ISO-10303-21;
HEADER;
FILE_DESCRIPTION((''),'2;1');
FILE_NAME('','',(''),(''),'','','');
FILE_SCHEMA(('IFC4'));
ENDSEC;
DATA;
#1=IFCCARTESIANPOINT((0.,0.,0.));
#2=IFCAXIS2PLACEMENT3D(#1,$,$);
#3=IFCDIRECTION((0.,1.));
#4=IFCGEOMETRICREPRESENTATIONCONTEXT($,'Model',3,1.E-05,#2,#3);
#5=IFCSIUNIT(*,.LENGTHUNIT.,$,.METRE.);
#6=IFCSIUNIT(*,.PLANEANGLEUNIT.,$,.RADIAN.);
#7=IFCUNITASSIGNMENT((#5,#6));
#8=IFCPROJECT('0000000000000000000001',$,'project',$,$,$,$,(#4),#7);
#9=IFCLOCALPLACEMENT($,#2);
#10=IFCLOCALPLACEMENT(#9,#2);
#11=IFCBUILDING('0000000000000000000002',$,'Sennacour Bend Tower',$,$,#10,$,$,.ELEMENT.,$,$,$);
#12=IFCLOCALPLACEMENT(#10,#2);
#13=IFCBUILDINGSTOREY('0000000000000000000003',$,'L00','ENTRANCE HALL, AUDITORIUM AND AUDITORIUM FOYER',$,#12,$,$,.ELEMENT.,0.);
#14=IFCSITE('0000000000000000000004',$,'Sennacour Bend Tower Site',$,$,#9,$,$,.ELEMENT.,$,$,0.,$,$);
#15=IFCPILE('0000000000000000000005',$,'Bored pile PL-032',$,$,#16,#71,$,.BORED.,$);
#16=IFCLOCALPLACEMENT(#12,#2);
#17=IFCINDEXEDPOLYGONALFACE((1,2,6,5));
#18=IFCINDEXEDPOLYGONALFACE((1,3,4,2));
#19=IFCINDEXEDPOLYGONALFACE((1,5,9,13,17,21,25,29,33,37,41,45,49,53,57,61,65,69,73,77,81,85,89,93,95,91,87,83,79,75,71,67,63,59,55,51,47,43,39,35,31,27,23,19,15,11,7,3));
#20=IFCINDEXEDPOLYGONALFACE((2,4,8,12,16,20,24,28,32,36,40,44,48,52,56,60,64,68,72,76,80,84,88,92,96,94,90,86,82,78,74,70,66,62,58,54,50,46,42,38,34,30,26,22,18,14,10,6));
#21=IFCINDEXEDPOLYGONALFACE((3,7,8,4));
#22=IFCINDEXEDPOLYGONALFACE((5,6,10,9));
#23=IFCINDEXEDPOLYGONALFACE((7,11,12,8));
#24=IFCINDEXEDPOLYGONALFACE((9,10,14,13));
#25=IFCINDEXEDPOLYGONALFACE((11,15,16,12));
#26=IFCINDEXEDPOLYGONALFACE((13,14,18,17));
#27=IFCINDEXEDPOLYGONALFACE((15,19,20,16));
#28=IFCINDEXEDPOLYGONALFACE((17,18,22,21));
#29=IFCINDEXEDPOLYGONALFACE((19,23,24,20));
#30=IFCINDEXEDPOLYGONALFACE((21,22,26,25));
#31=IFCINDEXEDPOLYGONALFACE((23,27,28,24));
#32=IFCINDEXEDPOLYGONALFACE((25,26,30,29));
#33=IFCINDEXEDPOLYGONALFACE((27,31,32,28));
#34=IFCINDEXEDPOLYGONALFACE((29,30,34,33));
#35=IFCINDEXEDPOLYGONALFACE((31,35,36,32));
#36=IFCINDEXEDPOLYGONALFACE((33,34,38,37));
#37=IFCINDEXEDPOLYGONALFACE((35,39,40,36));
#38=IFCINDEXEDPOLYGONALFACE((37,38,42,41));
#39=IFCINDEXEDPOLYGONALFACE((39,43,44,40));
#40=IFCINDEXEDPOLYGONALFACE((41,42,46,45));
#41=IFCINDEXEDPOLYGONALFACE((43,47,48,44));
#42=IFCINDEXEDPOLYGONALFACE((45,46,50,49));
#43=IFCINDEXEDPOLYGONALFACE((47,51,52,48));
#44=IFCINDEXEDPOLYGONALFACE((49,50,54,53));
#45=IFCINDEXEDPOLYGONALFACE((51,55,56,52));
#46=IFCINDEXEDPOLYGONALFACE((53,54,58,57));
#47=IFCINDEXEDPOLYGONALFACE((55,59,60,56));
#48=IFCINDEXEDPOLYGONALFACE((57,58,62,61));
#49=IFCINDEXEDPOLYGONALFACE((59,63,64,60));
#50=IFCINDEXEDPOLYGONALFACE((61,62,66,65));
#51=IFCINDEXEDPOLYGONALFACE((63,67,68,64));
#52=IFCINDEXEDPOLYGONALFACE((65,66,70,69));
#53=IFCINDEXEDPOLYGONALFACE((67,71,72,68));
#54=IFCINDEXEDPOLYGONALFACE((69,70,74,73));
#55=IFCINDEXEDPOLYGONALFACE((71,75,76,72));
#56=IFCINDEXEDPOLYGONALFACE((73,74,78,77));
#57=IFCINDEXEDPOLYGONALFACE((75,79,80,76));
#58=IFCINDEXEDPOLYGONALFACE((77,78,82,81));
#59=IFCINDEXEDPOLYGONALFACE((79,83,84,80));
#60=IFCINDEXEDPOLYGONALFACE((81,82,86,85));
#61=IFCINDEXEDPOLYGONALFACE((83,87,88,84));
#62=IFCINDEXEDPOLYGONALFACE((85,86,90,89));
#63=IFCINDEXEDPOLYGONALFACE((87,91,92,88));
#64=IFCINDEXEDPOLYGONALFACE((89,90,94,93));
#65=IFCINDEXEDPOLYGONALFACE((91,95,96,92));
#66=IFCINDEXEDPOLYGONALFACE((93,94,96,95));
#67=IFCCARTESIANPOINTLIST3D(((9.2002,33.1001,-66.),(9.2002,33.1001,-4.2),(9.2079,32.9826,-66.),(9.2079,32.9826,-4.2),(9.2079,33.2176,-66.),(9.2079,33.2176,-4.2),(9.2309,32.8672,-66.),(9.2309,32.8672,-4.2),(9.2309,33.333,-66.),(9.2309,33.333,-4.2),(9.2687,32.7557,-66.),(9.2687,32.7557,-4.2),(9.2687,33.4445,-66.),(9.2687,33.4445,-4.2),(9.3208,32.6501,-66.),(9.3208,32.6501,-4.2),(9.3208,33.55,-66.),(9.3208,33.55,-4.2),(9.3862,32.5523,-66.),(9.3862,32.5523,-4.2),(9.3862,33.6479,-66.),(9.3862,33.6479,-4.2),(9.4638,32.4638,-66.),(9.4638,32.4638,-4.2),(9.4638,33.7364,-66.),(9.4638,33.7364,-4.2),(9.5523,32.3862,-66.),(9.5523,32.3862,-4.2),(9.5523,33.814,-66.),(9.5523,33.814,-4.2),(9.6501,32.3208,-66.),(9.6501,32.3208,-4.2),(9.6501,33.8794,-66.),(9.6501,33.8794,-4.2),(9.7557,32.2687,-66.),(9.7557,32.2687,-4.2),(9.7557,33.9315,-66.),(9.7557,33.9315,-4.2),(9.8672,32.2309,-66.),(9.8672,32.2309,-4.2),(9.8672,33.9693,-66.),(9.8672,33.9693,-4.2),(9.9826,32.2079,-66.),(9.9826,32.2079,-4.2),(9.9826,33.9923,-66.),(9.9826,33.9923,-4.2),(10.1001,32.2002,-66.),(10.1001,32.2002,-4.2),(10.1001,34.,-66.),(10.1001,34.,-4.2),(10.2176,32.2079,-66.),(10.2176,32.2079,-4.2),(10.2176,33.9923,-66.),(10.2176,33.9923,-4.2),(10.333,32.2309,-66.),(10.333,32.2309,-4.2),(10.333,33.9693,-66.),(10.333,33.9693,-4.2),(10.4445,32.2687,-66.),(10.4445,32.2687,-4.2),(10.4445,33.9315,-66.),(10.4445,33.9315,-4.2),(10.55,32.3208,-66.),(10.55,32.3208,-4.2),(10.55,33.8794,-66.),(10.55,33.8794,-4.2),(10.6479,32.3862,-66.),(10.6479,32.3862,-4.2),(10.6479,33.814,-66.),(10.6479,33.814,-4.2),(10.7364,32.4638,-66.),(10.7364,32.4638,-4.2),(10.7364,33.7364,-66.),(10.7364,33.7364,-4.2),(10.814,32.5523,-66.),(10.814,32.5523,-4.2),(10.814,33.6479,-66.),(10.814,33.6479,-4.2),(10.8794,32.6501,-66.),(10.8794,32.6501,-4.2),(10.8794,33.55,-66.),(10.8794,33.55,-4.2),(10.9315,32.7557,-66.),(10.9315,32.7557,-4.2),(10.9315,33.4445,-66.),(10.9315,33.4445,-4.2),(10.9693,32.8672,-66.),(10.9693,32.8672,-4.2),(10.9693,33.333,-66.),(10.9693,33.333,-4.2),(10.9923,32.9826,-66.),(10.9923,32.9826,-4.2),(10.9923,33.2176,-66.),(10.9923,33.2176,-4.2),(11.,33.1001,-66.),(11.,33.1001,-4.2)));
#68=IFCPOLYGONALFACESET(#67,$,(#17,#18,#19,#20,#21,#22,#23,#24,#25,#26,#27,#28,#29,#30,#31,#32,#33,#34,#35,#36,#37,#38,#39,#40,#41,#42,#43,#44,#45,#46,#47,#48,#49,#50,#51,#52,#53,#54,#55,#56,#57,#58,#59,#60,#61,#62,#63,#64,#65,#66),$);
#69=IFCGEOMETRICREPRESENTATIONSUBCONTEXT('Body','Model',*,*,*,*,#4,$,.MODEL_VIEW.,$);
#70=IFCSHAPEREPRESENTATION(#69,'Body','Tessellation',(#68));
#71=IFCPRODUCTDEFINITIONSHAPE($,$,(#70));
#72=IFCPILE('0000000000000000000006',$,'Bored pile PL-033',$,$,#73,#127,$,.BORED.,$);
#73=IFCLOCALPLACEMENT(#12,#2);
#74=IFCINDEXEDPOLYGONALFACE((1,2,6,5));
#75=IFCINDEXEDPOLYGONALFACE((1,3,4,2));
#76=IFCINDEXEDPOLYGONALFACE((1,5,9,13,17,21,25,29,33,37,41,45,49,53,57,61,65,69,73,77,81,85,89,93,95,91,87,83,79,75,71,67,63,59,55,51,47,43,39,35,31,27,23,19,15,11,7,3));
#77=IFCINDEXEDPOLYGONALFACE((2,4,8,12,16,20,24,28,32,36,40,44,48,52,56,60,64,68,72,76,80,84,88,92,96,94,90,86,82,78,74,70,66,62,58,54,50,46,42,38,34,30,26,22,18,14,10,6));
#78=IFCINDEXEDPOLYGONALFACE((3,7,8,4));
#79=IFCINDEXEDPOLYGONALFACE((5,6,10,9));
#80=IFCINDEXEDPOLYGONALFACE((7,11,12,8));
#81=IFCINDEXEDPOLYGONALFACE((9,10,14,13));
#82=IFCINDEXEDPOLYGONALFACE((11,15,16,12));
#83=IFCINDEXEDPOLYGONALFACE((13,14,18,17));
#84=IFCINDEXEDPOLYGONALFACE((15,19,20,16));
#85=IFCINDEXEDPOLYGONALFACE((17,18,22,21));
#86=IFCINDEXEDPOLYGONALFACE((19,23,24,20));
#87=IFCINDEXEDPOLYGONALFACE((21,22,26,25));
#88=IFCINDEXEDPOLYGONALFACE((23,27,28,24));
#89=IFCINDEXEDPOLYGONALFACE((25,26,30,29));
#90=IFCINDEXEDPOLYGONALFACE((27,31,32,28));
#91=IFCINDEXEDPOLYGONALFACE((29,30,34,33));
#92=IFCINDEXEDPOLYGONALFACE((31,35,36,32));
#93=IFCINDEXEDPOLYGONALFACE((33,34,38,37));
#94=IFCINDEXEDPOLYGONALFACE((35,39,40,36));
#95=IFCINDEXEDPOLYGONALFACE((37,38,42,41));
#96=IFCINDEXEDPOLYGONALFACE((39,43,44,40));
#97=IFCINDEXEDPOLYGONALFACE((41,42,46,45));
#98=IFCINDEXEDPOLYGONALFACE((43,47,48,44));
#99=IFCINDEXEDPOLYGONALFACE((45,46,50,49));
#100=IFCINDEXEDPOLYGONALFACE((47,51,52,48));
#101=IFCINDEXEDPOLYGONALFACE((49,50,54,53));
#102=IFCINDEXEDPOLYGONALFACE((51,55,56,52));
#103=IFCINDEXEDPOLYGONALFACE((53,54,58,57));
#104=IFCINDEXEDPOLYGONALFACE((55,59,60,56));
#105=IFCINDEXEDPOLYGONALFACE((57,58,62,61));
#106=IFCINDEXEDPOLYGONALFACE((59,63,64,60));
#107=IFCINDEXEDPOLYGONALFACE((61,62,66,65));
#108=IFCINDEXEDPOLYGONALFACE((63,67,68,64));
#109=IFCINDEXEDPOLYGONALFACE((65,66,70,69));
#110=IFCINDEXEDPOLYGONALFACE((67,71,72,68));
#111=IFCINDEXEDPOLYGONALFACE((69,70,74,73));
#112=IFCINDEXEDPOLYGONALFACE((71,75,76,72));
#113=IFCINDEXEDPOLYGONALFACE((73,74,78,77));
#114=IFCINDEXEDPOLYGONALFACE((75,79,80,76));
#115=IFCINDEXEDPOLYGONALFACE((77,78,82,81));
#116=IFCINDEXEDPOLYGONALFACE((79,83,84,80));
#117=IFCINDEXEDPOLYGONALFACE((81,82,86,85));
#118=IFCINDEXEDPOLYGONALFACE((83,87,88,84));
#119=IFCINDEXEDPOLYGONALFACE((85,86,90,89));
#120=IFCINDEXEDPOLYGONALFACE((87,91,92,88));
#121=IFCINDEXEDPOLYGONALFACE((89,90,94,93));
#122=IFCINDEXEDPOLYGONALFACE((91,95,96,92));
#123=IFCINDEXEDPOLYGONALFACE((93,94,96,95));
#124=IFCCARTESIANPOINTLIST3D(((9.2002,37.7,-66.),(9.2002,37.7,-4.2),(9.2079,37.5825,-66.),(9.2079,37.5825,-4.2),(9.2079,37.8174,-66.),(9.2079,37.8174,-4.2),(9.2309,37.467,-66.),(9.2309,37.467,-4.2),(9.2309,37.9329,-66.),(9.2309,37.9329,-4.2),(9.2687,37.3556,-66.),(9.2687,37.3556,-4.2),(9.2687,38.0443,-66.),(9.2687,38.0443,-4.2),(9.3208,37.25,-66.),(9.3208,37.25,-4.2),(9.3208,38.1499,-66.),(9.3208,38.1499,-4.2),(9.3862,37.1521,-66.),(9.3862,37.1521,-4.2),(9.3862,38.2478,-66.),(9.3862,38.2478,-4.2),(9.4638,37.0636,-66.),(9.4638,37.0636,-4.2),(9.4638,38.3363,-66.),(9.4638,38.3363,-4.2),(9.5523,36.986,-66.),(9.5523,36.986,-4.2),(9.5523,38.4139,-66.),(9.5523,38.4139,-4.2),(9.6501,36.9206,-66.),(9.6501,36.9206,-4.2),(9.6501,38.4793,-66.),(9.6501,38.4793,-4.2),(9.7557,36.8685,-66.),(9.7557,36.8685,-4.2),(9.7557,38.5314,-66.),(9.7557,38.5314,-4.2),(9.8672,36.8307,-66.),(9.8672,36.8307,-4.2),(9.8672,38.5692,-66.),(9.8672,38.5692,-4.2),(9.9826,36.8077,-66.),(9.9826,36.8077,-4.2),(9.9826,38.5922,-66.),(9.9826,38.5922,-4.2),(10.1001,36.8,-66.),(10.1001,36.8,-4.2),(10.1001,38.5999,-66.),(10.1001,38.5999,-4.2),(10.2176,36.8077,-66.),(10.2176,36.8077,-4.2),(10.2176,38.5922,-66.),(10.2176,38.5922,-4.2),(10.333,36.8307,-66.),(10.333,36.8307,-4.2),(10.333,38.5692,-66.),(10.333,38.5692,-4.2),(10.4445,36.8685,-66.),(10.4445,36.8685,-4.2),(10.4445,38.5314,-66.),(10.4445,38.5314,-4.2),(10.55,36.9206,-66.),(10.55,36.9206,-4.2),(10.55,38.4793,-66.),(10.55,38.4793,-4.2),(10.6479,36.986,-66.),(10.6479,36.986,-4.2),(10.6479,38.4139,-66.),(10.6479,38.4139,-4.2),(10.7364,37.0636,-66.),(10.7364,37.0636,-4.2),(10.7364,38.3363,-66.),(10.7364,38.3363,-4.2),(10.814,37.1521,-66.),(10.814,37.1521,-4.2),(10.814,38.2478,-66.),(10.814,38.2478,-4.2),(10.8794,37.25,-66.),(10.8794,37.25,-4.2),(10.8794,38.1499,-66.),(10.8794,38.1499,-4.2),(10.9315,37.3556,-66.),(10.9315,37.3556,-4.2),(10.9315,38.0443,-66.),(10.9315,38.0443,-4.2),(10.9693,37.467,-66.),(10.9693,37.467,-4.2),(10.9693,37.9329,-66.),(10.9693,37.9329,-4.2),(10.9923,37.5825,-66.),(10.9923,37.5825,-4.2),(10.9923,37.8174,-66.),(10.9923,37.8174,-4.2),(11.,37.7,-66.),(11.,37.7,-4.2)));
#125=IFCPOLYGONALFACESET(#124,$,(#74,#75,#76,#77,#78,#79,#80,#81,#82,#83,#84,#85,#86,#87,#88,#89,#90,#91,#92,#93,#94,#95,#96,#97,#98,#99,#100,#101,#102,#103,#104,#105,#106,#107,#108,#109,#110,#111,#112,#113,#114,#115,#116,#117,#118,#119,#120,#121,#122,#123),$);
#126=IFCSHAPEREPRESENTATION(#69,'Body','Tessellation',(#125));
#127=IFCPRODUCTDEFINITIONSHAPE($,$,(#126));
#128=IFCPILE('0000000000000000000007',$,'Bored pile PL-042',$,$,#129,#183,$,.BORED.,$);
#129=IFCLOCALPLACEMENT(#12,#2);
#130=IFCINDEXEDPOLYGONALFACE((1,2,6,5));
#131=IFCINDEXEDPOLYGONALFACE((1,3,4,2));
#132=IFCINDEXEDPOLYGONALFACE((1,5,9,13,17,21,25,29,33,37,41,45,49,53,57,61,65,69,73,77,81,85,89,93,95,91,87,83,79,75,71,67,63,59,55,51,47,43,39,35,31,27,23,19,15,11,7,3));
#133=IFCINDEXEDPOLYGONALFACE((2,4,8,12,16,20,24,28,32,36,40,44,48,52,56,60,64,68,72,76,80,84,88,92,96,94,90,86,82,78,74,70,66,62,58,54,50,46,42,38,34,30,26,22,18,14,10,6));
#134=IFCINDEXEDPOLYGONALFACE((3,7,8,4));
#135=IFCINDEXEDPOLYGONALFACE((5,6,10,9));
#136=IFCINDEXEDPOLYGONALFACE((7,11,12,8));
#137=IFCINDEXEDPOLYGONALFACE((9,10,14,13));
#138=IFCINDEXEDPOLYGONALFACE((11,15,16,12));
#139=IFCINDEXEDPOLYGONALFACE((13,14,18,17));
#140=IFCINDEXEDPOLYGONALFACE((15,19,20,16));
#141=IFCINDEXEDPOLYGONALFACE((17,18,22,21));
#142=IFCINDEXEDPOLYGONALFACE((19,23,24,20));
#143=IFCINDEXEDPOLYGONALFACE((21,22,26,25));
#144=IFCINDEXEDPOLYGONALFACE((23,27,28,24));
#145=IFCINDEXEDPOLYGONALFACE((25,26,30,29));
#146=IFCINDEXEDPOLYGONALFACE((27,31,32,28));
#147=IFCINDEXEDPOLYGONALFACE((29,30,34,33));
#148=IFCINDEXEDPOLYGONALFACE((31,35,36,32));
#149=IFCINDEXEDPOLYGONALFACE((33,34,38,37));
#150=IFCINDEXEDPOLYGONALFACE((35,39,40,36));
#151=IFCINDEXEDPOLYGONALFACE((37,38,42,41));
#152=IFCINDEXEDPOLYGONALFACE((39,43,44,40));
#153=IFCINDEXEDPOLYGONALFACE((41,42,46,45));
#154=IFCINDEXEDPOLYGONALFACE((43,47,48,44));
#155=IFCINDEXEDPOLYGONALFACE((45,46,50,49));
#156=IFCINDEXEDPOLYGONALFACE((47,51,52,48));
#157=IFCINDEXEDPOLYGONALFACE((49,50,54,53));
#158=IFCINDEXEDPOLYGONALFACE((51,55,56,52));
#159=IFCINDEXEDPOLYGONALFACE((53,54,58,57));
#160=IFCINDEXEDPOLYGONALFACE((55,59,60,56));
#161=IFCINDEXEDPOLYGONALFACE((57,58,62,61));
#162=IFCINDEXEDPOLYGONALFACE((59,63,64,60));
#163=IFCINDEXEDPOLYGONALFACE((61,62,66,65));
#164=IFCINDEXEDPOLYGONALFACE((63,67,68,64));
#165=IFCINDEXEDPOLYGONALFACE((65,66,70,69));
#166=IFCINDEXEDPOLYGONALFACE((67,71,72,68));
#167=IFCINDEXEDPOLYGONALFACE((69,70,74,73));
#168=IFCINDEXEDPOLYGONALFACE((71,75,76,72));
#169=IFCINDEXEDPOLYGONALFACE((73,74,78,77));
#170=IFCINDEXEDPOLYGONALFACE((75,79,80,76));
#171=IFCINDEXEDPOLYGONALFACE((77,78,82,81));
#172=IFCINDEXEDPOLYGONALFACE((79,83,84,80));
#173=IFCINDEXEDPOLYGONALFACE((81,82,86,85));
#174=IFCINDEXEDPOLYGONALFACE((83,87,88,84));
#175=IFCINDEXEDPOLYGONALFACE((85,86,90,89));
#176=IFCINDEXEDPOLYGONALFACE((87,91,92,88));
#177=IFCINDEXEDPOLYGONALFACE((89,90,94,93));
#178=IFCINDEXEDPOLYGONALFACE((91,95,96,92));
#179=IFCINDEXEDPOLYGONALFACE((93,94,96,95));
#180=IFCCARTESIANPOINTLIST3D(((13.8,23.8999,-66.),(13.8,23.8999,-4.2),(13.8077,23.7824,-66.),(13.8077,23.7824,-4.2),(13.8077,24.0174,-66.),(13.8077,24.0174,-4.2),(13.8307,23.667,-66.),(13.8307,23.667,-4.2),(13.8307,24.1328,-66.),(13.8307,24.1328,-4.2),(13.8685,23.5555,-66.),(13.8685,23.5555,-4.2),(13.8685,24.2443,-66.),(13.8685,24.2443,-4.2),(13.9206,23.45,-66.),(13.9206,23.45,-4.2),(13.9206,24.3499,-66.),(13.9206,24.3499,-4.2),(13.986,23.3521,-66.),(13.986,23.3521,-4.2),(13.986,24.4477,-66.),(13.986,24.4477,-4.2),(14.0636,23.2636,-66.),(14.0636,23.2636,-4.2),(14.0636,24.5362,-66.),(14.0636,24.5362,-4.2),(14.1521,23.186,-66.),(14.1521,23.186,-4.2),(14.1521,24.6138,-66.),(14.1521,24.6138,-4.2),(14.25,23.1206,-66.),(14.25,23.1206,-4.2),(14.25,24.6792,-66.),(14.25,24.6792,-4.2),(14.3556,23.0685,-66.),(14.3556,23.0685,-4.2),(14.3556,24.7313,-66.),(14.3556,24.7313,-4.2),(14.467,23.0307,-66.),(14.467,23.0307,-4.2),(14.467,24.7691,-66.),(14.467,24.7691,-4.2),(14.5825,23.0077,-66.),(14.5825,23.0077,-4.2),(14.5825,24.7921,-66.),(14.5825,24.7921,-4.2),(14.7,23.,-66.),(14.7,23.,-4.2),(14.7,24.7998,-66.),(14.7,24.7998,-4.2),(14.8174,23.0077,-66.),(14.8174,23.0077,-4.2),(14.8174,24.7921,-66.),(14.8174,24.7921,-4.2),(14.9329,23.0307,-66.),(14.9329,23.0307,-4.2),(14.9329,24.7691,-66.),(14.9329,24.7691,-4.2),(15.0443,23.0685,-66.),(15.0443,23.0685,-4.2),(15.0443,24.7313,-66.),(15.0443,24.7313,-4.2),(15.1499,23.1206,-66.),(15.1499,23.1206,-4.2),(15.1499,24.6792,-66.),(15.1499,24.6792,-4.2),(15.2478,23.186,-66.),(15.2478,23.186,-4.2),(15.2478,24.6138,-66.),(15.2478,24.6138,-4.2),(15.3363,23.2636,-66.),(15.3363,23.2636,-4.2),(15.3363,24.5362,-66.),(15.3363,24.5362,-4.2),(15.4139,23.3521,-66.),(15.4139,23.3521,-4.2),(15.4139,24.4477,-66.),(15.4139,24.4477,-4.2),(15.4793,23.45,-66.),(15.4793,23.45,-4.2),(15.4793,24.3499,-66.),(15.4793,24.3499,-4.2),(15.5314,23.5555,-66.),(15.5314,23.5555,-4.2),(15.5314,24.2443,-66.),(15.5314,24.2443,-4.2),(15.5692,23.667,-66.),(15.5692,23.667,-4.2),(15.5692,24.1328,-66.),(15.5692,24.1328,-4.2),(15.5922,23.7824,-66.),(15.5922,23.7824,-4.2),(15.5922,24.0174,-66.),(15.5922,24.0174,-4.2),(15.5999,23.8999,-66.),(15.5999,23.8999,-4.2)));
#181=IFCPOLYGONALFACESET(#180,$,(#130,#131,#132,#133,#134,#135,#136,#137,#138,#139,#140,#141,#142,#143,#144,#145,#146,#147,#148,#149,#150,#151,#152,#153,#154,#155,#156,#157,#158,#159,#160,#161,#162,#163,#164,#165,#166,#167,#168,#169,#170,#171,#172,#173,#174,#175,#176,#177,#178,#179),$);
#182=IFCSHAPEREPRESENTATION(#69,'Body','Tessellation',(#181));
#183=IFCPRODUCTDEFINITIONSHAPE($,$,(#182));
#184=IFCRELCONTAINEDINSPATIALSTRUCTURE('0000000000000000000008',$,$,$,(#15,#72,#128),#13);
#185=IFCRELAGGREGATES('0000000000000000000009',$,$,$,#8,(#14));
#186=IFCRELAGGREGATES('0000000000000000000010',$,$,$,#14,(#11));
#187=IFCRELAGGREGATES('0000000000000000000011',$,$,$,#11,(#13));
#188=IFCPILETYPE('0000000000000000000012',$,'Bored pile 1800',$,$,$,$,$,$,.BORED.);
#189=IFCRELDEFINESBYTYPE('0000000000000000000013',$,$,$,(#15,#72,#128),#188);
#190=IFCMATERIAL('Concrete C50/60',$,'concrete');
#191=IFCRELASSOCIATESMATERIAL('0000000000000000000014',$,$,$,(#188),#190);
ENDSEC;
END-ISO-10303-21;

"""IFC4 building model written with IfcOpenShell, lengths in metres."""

from ifc_helpers import new_model, si_unit, direction, frame, origin, origin_2d, place, context, subcontext, project, spatial, circle, extrude, material, material_profile, profile_set, type_object, element, save


model = new_model("IFC4")

# Units and contexts
model_context = context("Model", 3, precision=1e-05, world=origin(), true_north=direction((0.0, 1.0)))
body_context = subcontext(model_context, "Body", "Model", "MODEL_VIEW")
ifc_project = project(units=[si_unit("LENGTHUNIT", "METRE"), si_unit("PLANEANGLEUNIT", "RADIAN")], contexts=[model_context])

# Site, building, storey
site_placement = place(None, origin())
site = spatial("IfcSite", under=ifc_project, at=site_placement, Name="Sennacour Bend Tower Site", CompositionType="ELEMENT", RefElevation=0.0)
building_placement = place(site_placement, origin())
building = spatial("IfcBuilding", under=site, at=building_placement, Name="Sennacour Bend Tower", CompositionType="ELEMENT")
storey_placement = place(building_placement, origin())
storey = spatial("IfcBuildingStorey", under=building, at=storey_placement, Name="L00", Description="ENTRANCE HALL, AUDITORIUM AND AUDITORIUM FOYER", CompositionType="ELEMENT", Elevation=0.0)

# Piles
ifc_material_1 = material(Name="Concrete C50/60", Category="concrete")
ifc_material_profile_1 = material_profile(ifc_material_1, circle(Radius=0.8999, at=origin_2d()), Name="Concrete C50/60", Category="concrete")
ifc_profile_set_1 = profile_set([ifc_material_profile_1], Name="Concrete C50/60")
pile_type = type_object("IfcPileType", Name="Bored pile 1800", PredefinedType="BORED", material=ifc_profile_set_1)
for number, where, z_axis, x_axis, name in (
    (1, (10.1001, 33.1001, -4.2), (0.0, 0.0, -1.0), (1.0, 0.0, 0.0), "Bored pile PL-032"),
    (2, (10.1001, 37.7, -4.2), (0.0, 0.0, -1.0), (1.0, 0.0, 0.0), "Bored pile PL-033"),
    (3, (14.7, 23.8999, -4.2), (0.0, 0.0, -1.0), (1.0, 0.0, 0.0), "Bored pile PL-042"),
):
    element("IfcPile", number, at=place(storey_placement, frame(where, z_axis=z_axis, x_axis=x_axis)), inside=storey, type_object=pile_type, Name=name, PredefinedType="BORED", context=body_context, shape_type="SweptSolid", body=[
        extrude(circle(Radius=0.8999, at=origin_2d()), origin(), (0.0, 0.0, 1.0), 61.8),
    ])

save(model, "model.ifc")
